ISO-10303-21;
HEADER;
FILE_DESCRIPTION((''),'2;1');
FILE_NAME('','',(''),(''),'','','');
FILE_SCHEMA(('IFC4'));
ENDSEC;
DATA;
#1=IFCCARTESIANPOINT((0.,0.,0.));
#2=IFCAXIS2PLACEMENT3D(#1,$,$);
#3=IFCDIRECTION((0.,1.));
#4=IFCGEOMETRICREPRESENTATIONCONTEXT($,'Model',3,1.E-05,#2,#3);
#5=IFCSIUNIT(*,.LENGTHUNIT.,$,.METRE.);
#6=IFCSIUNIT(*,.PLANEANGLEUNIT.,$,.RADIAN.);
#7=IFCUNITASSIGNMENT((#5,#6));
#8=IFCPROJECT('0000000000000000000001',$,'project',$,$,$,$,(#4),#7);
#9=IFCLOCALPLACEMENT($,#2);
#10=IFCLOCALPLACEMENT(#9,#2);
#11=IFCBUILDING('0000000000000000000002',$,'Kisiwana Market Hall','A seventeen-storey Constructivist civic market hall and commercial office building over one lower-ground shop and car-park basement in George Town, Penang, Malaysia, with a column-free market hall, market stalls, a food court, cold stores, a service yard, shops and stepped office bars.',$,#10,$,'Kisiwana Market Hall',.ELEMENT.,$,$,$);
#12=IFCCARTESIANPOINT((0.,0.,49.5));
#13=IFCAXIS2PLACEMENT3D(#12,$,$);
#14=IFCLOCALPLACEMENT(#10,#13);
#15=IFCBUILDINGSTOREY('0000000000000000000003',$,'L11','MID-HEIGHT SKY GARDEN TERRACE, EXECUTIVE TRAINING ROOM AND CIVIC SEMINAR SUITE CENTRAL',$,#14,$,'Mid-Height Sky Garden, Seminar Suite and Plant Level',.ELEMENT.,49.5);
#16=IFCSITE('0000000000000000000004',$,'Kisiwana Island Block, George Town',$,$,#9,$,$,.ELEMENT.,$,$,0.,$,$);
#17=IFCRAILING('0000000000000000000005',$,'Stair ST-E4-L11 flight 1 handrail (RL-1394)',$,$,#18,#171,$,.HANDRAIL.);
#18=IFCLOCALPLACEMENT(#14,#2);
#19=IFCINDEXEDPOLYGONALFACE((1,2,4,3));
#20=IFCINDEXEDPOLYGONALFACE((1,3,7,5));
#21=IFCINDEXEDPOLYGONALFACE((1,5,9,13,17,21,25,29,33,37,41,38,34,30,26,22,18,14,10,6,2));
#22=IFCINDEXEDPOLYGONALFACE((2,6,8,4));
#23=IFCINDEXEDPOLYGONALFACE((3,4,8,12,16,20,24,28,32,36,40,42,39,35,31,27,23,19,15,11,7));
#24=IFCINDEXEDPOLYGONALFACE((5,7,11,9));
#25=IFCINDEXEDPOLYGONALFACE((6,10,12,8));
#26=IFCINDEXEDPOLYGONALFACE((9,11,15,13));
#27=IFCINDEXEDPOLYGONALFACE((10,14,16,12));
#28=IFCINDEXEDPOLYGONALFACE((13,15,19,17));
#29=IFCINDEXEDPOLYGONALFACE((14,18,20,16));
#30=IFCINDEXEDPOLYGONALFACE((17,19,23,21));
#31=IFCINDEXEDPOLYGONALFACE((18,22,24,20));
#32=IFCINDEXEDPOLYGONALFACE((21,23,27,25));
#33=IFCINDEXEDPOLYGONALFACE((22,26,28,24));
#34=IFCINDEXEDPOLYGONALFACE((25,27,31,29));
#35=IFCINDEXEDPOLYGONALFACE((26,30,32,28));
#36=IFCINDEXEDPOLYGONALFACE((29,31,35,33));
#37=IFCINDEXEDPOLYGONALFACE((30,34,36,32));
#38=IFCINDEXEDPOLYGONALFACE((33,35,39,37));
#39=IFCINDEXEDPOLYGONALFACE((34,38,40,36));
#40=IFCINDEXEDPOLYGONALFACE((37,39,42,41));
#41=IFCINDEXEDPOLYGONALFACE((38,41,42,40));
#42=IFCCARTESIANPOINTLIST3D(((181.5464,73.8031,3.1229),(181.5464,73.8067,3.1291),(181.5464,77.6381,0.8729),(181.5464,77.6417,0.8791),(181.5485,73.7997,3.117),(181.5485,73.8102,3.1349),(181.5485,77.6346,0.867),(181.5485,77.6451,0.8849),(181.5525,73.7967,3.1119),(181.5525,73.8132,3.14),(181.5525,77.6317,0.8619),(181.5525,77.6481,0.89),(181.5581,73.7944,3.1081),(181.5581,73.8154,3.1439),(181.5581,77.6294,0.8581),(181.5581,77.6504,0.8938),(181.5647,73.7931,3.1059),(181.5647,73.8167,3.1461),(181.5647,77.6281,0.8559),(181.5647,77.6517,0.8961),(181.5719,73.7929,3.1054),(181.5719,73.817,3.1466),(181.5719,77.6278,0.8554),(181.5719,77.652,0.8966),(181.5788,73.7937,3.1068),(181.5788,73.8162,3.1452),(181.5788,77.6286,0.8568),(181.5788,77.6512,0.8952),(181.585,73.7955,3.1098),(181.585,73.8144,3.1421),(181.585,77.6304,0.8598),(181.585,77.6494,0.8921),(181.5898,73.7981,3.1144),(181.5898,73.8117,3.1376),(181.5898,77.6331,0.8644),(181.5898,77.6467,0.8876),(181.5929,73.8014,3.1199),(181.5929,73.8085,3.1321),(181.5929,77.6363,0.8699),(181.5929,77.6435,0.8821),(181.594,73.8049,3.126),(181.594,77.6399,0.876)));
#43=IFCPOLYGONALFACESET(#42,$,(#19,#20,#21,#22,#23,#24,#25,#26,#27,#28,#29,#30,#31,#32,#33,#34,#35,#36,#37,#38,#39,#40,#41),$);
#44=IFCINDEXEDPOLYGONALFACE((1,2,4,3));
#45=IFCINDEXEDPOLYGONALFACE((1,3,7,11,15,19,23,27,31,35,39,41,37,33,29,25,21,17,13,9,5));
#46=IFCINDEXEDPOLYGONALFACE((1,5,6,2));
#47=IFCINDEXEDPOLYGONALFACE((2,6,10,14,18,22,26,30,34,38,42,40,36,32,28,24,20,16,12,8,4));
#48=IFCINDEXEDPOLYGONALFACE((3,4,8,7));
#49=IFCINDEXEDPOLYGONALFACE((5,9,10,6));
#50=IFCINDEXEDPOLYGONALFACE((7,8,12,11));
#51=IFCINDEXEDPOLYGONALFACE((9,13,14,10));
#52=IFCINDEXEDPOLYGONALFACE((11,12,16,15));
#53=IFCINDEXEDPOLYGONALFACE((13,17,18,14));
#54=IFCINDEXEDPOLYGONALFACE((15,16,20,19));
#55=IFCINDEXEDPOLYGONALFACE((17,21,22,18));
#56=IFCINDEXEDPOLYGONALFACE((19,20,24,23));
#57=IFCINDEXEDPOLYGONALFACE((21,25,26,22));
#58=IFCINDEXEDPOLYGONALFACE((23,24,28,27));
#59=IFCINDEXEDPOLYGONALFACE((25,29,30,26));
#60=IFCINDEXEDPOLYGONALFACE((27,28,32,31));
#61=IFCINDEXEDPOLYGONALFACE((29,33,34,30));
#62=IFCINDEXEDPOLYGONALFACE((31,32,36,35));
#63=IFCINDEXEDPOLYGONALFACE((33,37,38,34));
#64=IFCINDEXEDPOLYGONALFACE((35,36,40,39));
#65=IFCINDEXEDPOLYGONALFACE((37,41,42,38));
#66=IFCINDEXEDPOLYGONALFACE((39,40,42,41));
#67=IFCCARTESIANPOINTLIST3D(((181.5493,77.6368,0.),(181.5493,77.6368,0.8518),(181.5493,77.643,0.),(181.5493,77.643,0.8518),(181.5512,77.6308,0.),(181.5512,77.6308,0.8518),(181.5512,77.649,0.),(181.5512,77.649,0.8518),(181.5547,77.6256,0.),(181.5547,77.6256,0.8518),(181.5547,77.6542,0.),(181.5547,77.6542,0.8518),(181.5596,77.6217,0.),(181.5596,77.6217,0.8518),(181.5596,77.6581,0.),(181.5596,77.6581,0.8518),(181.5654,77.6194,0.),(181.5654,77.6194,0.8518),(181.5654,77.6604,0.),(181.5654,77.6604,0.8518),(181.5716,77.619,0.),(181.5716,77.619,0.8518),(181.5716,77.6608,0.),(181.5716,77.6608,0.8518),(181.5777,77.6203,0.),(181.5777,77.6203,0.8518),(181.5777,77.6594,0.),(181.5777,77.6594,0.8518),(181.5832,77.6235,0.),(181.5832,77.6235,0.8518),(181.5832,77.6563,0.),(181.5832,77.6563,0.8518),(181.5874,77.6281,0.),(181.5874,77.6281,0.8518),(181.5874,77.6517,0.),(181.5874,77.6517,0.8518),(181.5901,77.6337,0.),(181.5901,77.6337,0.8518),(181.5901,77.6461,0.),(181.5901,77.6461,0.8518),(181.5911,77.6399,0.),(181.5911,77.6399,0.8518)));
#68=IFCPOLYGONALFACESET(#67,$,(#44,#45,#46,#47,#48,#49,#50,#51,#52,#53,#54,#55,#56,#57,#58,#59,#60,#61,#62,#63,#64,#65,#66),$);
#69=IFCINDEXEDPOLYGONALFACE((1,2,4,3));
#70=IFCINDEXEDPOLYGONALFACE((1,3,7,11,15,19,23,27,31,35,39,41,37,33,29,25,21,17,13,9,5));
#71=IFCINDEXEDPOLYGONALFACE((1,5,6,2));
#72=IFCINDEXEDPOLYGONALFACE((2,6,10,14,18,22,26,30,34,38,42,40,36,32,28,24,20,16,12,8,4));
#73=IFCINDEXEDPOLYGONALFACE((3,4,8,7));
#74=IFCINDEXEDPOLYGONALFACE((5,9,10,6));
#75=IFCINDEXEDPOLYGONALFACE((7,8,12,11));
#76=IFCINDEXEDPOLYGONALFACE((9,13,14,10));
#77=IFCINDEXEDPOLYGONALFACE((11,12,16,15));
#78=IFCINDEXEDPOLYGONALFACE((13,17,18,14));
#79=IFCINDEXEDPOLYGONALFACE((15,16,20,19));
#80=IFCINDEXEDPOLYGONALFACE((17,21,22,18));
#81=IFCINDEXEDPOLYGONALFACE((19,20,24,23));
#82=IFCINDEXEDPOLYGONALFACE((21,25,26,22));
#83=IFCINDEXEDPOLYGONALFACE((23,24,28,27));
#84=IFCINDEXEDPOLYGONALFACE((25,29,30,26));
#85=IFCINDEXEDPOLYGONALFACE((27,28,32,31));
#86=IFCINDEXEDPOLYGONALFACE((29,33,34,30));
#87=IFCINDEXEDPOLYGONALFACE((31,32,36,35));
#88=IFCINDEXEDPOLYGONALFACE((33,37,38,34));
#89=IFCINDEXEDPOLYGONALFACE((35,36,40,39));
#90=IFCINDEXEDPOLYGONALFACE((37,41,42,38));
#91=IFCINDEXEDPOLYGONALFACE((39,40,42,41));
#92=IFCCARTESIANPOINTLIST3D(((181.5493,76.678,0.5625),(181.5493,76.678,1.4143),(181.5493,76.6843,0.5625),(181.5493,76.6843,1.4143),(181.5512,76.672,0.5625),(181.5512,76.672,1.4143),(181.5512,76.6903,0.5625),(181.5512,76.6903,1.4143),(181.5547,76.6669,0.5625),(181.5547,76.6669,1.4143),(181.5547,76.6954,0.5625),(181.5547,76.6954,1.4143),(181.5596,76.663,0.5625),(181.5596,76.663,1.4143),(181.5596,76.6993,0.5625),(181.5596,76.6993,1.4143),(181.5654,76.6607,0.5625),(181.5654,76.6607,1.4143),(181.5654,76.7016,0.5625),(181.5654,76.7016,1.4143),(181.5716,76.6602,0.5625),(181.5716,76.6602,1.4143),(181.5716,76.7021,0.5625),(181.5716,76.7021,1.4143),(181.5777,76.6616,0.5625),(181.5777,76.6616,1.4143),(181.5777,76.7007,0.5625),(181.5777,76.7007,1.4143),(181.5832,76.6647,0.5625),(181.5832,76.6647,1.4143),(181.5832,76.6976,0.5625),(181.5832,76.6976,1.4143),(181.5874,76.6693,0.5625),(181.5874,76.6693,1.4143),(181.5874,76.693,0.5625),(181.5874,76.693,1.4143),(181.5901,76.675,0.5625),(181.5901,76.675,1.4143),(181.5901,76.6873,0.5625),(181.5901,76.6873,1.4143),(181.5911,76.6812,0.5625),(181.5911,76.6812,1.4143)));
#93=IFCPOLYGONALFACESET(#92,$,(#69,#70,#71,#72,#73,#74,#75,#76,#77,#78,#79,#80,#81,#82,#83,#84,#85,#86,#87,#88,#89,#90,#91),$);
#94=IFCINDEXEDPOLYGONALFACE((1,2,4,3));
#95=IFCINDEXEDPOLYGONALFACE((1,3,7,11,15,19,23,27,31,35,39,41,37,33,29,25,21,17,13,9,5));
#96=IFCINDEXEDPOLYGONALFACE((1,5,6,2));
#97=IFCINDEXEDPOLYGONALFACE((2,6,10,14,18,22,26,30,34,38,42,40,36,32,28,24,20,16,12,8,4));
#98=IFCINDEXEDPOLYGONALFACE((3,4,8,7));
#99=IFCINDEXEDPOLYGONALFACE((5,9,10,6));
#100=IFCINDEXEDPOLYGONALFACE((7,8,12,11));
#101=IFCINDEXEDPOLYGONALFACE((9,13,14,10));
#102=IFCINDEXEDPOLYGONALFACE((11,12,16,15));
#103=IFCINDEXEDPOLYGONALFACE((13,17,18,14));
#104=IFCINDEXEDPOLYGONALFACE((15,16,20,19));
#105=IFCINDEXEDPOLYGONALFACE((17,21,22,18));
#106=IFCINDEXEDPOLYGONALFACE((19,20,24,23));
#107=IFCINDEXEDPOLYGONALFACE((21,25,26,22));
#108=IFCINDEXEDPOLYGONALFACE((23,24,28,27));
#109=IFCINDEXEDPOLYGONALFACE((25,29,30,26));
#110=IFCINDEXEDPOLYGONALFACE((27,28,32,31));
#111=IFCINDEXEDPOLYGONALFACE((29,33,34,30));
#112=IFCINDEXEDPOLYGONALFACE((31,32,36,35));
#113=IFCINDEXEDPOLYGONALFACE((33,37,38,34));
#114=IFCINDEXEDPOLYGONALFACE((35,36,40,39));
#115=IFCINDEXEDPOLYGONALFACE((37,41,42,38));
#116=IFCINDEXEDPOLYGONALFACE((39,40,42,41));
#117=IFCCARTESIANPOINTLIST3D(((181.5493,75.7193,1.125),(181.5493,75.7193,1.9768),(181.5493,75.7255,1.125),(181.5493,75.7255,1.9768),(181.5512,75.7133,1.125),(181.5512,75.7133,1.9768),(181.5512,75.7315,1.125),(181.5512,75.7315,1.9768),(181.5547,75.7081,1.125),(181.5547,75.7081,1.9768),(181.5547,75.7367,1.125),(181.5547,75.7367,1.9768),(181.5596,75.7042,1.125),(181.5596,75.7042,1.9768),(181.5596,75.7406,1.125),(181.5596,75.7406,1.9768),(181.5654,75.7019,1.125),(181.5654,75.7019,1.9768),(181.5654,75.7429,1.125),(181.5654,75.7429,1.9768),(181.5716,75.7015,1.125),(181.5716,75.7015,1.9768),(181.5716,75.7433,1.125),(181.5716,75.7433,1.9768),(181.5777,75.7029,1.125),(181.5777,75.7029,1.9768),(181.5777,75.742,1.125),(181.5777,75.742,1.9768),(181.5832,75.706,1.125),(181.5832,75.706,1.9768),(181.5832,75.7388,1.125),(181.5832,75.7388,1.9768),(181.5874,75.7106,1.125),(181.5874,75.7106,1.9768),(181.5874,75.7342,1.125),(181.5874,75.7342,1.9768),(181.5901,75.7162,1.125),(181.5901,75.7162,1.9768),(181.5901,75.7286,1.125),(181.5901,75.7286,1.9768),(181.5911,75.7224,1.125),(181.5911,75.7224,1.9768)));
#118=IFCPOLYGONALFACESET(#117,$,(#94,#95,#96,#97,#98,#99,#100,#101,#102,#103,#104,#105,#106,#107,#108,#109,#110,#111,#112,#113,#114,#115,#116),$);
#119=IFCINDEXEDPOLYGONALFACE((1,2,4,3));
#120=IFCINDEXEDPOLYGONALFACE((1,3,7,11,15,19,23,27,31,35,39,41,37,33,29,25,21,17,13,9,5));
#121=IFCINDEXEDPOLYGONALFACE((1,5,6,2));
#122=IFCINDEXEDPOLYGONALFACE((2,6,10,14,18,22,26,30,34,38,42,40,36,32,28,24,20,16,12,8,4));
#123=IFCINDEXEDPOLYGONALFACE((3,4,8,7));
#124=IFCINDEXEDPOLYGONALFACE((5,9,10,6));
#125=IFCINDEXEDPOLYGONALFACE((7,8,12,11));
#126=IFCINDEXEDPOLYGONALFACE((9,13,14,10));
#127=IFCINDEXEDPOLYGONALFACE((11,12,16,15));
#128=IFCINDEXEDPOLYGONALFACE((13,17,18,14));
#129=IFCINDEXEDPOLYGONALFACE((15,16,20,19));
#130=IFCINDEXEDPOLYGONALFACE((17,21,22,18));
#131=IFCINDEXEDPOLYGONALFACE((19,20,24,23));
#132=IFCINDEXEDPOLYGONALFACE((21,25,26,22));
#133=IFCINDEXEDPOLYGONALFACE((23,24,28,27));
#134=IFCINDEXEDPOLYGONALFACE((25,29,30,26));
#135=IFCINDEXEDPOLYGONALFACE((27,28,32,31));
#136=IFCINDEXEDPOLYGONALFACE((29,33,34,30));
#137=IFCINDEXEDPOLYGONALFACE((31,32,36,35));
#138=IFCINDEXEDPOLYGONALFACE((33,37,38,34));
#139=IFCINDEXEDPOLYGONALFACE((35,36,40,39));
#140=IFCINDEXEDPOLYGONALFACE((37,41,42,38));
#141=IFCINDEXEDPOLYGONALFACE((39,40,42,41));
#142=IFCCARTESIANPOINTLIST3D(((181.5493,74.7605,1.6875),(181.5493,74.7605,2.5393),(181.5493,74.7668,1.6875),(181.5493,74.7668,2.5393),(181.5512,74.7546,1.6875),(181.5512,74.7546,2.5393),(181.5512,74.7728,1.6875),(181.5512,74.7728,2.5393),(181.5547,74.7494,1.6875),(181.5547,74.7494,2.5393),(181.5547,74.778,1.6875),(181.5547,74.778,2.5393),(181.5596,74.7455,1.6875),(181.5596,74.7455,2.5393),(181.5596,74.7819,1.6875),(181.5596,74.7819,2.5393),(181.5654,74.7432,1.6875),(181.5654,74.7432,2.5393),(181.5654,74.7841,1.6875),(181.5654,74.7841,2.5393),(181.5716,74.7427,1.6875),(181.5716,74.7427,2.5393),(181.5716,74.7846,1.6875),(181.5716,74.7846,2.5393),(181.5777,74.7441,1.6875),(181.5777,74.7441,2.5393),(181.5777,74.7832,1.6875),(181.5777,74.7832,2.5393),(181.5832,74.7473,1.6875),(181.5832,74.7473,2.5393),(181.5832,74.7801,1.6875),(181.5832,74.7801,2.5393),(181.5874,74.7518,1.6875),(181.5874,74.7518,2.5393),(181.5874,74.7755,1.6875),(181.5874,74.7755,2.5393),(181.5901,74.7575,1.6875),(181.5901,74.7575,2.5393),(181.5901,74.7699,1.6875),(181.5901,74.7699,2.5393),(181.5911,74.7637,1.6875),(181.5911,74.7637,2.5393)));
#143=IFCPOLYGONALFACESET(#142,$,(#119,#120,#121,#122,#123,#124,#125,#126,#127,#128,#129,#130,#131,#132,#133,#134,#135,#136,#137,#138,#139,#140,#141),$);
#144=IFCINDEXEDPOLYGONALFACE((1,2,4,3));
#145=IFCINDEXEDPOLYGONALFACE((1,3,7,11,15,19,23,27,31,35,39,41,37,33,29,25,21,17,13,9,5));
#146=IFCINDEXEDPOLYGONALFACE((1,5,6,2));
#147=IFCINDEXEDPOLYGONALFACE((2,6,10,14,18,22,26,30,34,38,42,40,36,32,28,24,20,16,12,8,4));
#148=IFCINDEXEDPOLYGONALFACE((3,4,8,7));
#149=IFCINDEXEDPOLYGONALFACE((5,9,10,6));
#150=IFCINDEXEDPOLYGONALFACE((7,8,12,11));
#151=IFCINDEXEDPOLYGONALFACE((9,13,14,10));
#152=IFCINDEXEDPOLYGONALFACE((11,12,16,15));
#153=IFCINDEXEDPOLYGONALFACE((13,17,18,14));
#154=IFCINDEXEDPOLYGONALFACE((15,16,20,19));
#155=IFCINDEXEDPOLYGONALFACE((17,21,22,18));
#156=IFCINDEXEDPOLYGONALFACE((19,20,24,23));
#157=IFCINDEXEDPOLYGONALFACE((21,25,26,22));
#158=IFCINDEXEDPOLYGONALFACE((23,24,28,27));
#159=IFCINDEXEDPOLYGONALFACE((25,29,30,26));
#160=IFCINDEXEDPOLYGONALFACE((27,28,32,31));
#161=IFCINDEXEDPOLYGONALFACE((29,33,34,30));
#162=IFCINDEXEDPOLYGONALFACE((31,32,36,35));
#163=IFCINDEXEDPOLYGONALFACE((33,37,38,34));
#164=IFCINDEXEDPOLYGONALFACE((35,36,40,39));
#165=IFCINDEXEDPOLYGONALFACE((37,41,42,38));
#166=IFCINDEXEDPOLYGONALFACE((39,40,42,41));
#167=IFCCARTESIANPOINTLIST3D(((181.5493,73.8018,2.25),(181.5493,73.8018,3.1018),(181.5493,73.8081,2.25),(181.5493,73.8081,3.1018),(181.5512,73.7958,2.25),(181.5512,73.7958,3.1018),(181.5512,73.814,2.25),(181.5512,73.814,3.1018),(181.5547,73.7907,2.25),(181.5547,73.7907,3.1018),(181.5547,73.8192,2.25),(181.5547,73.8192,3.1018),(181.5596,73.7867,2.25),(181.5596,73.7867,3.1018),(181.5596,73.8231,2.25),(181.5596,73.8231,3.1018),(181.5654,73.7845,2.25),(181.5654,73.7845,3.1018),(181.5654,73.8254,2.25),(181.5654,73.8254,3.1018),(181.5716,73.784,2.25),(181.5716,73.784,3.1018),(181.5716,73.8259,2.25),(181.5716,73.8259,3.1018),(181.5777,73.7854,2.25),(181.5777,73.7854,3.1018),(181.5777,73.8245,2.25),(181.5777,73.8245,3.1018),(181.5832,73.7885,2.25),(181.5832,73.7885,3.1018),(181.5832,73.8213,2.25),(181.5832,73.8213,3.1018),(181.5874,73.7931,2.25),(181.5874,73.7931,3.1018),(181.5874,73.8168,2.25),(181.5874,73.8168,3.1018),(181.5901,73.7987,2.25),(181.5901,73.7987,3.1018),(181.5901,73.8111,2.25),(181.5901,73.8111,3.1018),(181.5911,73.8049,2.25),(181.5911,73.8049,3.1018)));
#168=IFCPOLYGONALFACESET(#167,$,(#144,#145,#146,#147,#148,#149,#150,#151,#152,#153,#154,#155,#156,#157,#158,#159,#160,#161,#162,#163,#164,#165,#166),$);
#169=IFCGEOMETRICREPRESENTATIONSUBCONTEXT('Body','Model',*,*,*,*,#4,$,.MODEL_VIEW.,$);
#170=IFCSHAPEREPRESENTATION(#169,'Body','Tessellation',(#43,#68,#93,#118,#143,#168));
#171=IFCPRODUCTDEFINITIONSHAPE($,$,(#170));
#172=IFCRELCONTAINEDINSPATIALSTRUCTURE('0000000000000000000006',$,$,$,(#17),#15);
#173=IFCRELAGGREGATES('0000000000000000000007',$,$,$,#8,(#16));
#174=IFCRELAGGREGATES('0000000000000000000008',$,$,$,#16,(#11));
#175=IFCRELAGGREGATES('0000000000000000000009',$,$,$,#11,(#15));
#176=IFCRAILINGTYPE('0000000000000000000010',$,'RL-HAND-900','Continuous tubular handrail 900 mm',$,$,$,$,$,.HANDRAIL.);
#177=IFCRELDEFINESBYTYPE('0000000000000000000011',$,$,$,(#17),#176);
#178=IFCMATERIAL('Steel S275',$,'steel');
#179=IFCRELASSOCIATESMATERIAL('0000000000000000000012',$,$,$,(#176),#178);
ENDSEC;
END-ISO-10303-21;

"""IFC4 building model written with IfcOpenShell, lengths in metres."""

from ifc_helpers import new_model, si_unit, direction, frame, origin, origin_2d, place, context, subcontext, project, spatial, circle, extrude, material, type_object, element, save


model = new_model("IFC4")

# Units and contexts
model_context = context("Model", 3, precision=1e-05, world=origin(), true_north=direction((0.0, 1.0)))
body_context = subcontext(model_context, "Body", "Model", "MODEL_VIEW")
ifc_project = project(units=[si_unit("LENGTHUNIT", "METRE"), si_unit("PLANEANGLEUNIT", "RADIAN")], contexts=[model_context])

# Site, building, storey
site_placement = place(None, origin())
site = spatial("IfcSite", under=ifc_project, at=site_placement, Name="Kisiwana Island Block, George Town", CompositionType="ELEMENT", RefElevation=0.0)
building_placement = place(site_placement, origin())
building = spatial("IfcBuilding", under=site, at=building_placement, Name="Kisiwana Market Hall", Description="A seventeen-storey Constructivist civic market hall and commercial office building over one lower-ground shop and car-park basement in George Town, Penang, Malaysia, with a column-free market hall, market stalls, a food court, cold stores, a service yard, shops and stepped office bars.", LongName="Kisiwana Market Hall", CompositionType="ELEMENT")
storey_placement = place(building_placement, frame((0.0, 0.0, 49.5)))
storey = spatial("IfcBuildingStorey", under=building, at=storey_placement, Name="L11", Description="MID-HEIGHT SKY GARDEN TERRACE, EXECUTIVE TRAINING ROOM AND CIVIC SEMINAR SUITE CENTRAL", LongName="Mid-Height Sky Garden, Seminar Suite and Plant Level", CompositionType="ELEMENT", Elevation=49.5)

# Railing
ifc_material_1 = material(Name="Steel S275", Category="steel")
railing_type_1 = type_object("IfcRailingType", Name="RL-HAND-900", Description="Continuous tubular handrail 900 mm", PredefinedType="HANDRAIL", material=ifc_material_1)
railing_1_placement = place(storey_placement, frame((181.5701, 77.6399, 0.0)))
element("IfcRailing", 1, at=railing_1_placement, inside=storey, type_object=railing_type_1, Name="Stair ST-E4-L11 flight 1 handrail (RL-1394)", PredefinedType="HANDRAIL", context=body_context, shape_type="SweptSolid", body=[
    extrude(circle(Radius=0.0239, at=origin_2d()), frame((0.0, 0.0, 0.876), z_axis=(0.0, -0.86251, 0.506041), x_axis=(1.0, 0.0, 0.0)), (0.0, 0.0, 1.0), 4.4463),
    extrude(circle(Radius=0.021, at=origin_2d()), origin(), (0.0, 0.0, 1.0), 0.8518),
    extrude(circle(Radius=0.021, at=origin_2d()), frame((0.0, -0.9587, 0.5625)), (0.0, 0.0, 1.0), 0.8518),
    extrude(circle(Radius=0.021, at=origin_2d()), frame((0.0, -1.9175, 1.125)), (0.0, 0.0, 1.0), 0.8518),
    extrude(circle(Radius=0.021, at=origin_2d()), frame((0.0, -2.8762, 1.6875)), (0.0, 0.0, 1.0), 0.8518),
    extrude(circle(Radius=0.021, at=origin_2d()), frame((0.0, -3.835, 2.25)), (0.0, 0.0, 1.0), 0.8518),
])

save(model, "model.ifc")
